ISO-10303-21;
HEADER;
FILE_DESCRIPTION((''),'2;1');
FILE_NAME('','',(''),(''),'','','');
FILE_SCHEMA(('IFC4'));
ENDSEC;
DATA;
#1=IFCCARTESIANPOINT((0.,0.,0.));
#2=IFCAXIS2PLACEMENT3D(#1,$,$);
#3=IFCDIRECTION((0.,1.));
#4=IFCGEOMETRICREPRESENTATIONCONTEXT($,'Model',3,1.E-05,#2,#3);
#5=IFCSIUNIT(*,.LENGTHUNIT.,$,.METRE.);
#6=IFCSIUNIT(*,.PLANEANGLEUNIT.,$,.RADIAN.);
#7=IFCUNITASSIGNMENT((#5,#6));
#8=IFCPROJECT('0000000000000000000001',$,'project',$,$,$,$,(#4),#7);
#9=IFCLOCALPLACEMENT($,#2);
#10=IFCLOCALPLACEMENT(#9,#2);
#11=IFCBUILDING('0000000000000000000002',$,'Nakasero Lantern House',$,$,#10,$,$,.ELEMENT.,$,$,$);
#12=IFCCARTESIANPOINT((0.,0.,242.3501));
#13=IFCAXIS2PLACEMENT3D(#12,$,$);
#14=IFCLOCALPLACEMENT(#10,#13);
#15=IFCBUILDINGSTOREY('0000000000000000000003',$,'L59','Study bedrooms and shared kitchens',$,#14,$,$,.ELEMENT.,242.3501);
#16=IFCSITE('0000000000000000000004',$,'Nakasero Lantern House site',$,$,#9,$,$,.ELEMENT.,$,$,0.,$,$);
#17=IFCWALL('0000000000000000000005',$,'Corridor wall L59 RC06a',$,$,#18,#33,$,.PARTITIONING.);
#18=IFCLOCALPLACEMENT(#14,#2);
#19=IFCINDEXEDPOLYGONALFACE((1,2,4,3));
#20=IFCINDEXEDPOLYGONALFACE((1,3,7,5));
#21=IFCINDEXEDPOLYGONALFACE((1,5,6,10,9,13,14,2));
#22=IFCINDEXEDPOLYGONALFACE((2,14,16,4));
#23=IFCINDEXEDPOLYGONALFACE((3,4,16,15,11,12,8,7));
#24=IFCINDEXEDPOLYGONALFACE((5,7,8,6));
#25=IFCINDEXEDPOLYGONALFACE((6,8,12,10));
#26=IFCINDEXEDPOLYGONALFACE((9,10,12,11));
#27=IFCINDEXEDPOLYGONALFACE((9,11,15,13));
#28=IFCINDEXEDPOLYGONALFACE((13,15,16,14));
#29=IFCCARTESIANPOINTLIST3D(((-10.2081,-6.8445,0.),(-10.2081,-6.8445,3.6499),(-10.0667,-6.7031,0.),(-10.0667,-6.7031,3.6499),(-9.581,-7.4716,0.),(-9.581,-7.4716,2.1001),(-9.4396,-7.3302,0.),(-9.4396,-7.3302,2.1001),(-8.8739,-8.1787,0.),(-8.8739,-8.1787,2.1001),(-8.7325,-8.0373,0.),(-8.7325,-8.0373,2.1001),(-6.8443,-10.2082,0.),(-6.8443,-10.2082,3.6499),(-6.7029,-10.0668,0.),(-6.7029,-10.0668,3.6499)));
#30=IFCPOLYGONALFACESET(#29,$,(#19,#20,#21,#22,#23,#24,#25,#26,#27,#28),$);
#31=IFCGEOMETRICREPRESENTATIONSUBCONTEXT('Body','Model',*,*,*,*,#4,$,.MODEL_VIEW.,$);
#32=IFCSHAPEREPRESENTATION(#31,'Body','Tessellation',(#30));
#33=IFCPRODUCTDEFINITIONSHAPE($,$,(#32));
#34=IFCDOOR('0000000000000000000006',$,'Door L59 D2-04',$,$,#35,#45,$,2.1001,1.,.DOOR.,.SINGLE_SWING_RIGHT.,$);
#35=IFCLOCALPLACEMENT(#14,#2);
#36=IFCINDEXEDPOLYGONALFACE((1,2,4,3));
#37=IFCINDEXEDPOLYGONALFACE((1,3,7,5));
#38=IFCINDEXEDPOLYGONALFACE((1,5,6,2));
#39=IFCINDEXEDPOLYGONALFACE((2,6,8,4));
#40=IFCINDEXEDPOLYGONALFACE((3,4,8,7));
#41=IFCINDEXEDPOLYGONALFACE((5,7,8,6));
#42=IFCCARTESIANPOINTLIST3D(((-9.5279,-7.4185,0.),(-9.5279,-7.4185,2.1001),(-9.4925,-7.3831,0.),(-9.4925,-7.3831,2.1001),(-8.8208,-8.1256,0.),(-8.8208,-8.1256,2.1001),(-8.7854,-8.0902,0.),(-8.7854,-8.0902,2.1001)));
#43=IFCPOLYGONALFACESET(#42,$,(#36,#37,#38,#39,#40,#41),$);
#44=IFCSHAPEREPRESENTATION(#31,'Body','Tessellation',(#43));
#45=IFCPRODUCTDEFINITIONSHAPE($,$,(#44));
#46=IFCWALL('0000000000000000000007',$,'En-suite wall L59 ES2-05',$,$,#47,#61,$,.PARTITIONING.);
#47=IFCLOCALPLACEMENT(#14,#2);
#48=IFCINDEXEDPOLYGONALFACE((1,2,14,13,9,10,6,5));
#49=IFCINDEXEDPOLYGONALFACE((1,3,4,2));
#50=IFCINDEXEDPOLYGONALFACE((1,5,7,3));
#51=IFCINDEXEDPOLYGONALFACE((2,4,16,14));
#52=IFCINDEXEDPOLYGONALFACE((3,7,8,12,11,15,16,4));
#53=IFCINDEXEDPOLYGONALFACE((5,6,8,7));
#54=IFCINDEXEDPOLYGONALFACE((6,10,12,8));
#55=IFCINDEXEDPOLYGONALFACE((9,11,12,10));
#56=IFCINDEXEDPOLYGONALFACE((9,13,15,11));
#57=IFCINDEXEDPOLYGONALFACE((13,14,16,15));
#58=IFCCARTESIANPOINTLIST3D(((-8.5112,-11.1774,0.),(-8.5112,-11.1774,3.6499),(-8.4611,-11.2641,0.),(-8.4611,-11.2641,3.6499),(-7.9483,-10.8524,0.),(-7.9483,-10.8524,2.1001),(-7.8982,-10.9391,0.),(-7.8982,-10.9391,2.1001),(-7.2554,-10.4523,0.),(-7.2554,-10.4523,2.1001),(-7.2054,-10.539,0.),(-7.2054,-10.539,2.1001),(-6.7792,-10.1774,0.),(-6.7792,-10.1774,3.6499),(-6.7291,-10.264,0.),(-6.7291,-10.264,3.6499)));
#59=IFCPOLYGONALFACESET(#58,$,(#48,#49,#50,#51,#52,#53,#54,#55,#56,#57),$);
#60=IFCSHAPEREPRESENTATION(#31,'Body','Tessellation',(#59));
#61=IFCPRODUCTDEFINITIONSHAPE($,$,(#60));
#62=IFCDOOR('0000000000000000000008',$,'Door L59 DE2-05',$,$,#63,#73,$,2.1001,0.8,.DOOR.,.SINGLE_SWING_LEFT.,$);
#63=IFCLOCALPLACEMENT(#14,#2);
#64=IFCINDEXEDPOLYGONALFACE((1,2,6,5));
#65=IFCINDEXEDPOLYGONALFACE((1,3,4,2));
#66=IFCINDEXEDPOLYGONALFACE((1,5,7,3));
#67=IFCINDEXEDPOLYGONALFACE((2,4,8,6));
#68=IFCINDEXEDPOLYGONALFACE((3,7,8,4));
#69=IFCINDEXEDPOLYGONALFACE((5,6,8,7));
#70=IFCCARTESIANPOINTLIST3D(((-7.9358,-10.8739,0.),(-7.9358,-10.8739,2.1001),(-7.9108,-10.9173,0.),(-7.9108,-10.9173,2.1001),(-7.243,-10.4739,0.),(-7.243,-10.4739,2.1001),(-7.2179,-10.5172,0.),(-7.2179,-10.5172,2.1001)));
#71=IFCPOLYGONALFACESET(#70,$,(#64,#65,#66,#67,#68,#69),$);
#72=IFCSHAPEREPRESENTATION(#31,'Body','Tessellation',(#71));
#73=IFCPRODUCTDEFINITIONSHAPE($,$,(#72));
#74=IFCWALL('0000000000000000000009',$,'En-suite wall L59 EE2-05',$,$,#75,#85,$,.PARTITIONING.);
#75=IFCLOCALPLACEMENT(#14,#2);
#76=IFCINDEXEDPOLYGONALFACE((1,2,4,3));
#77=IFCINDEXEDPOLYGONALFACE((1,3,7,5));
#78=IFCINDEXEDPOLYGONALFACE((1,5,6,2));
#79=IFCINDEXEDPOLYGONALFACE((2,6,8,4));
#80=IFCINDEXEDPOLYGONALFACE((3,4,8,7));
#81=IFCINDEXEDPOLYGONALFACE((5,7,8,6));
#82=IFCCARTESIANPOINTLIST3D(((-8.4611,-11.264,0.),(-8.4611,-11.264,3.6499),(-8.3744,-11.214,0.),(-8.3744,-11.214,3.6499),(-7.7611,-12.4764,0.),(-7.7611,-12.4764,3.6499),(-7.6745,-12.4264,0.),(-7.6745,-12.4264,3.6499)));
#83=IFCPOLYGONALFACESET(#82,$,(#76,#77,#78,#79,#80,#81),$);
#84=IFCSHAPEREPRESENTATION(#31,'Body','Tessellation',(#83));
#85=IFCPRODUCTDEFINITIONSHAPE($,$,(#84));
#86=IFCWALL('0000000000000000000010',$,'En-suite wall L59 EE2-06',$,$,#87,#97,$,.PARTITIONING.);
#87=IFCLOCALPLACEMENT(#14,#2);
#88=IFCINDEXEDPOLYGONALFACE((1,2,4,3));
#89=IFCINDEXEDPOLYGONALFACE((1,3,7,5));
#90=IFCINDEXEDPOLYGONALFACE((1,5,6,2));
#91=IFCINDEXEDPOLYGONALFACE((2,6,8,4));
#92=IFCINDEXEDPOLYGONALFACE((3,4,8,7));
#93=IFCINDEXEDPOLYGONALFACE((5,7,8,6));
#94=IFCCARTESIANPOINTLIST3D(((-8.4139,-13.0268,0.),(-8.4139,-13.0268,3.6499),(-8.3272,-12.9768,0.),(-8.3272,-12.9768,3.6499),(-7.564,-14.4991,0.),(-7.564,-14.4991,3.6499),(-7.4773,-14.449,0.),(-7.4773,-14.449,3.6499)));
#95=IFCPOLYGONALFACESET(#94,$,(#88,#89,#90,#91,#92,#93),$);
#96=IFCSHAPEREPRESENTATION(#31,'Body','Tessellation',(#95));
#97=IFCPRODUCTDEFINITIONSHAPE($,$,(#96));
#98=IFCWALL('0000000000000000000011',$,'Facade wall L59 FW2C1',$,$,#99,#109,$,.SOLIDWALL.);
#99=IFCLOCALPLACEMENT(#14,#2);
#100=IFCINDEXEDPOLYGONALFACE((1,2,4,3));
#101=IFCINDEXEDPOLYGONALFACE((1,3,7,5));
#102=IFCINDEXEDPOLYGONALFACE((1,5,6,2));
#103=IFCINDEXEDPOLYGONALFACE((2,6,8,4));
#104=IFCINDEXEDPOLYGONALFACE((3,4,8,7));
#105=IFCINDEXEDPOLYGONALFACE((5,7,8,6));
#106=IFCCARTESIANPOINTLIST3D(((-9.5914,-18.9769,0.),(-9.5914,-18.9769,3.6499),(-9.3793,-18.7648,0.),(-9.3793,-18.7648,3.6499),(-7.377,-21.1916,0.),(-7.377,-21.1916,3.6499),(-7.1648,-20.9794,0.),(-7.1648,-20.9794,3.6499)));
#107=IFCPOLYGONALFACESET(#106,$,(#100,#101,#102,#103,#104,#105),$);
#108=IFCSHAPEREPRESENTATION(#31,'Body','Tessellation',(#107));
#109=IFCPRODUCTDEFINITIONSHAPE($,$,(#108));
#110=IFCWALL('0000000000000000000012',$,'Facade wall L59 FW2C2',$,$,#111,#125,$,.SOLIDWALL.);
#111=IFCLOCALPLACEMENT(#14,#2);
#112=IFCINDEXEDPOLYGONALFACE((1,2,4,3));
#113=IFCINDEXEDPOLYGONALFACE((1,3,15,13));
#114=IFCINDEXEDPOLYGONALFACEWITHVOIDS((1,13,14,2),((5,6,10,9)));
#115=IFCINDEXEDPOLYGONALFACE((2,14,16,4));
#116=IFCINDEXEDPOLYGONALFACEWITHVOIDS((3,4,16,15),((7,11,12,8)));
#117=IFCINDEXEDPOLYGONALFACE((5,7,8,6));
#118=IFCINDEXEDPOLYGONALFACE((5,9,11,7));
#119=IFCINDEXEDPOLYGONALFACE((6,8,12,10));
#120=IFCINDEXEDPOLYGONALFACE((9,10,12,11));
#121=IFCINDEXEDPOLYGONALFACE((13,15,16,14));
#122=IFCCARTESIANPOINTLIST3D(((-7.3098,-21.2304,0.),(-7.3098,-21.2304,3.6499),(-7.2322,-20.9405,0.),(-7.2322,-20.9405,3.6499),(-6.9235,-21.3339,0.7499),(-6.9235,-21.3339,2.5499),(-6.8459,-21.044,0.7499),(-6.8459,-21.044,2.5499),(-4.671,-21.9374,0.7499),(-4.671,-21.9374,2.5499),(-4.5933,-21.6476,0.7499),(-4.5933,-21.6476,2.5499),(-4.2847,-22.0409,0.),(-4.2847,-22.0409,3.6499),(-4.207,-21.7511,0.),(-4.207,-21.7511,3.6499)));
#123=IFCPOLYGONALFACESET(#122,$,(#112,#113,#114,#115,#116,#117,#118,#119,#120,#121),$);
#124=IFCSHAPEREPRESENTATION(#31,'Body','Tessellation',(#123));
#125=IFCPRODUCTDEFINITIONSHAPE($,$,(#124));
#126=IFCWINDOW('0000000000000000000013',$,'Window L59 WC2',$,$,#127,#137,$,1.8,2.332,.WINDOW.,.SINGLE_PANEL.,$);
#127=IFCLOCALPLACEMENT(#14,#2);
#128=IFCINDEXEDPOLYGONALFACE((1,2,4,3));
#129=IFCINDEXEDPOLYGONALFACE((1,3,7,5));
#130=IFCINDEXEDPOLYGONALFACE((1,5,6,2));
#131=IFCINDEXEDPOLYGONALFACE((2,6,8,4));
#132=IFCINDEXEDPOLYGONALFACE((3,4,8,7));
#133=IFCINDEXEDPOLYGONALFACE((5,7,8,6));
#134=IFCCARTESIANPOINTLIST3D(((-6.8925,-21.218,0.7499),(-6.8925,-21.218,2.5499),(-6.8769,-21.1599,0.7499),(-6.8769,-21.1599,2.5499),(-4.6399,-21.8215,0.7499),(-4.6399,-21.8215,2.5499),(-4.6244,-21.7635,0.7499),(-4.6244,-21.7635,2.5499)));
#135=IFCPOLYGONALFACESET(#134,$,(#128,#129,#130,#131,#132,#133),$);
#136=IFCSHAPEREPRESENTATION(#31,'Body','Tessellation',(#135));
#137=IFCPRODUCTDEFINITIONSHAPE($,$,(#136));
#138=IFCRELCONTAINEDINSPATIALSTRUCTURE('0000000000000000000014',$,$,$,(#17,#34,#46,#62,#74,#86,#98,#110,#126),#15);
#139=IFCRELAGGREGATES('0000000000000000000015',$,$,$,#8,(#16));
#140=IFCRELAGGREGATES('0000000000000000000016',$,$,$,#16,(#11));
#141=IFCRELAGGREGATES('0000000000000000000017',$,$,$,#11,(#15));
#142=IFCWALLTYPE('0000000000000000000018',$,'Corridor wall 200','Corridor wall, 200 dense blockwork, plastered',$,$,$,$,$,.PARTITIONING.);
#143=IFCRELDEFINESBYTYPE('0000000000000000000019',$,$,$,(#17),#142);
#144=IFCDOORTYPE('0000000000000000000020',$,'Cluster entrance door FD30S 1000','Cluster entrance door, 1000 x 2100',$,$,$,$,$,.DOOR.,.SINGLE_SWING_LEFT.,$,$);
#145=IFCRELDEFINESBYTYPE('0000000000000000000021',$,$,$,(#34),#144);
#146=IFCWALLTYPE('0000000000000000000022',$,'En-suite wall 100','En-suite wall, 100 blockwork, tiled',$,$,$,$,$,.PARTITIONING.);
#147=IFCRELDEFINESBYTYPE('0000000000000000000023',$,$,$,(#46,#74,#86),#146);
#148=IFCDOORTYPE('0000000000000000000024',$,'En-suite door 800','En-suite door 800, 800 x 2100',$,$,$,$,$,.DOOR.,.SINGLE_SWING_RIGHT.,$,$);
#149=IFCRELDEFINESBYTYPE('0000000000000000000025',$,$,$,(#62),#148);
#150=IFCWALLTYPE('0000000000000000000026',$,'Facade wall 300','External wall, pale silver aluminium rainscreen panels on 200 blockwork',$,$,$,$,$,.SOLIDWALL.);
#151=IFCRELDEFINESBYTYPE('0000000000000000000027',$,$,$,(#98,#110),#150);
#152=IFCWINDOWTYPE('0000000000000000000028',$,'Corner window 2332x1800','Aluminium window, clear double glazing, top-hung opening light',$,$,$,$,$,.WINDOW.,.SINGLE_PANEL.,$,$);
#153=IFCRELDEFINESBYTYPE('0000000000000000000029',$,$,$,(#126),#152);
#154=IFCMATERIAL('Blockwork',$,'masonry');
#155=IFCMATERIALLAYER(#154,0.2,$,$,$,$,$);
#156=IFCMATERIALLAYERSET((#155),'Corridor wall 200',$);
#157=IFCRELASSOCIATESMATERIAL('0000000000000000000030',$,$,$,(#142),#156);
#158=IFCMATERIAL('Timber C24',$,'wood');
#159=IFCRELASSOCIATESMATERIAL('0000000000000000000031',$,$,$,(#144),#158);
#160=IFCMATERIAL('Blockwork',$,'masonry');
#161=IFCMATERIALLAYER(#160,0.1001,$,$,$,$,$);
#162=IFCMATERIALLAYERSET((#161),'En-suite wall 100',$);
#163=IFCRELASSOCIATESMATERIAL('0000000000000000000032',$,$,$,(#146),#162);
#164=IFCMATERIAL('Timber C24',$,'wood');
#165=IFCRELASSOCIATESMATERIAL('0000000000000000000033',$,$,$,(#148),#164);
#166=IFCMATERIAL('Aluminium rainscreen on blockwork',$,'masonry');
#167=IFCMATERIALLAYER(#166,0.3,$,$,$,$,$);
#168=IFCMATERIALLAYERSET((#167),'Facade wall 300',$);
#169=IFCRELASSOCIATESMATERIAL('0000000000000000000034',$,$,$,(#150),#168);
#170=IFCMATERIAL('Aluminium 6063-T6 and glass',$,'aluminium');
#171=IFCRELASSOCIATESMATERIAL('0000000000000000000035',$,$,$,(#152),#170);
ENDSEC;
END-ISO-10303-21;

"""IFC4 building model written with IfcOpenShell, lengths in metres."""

from ifc_helpers import new_model, si_unit, direction, frame, frame_2d, origin, place, context, subcontext, project, spatial, rectangle, extrude, material, layer, layer_set, type_object, element, fill, save


model = new_model("IFC4")

# Units and contexts
model_context = context("Model", 3, precision=1e-05, world=origin(), true_north=direction((0.0, 1.0)))
body_context = subcontext(model_context, "Body", "Model", "MODEL_VIEW")
ifc_project = project(units=[si_unit("LENGTHUNIT", "METRE"), si_unit("PLANEANGLEUNIT", "RADIAN")], contexts=[model_context])

# Site, building, storey
site_placement = place(None, origin())
site = spatial("IfcSite", under=ifc_project, at=site_placement, Name="Nakasero Lantern House site", CompositionType="ELEMENT", RefElevation=0.0)
building_placement = place(site_placement, origin())
building = spatial("IfcBuilding", under=site, at=building_placement, Name="Nakasero Lantern House", CompositionType="ELEMENT")
storey_placement = place(building_placement, frame((0.0, 0.0, 242.3501)))
storey = spatial("IfcBuildingStorey", under=building, at=storey_placement, Name="L59", Description="Study bedrooms and shared kitchens", CompositionType="ELEMENT", Elevation=242.3501)

# Walls, openings, doors
ifc_material_1 = material(Name="Blockwork", Category="masonry")
ifc_layer_1 = layer(ifc_material_1, 0.2)
ifc_layer_set_1 = layer_set([ifc_layer_1], Name="Corridor wall 200")
wall_type_1 = type_object("IfcWallType", Name="Corridor wall 200", Description="Corridor wall, 200 dense blockwork, plastered", PredefinedType="PARTITIONING", material=ifc_layer_set_1)
wall_1_placement = place(storey_placement, frame((-6.7737, -10.1375, 0.0), z_axis=(0.0, 0.0, 1.0), x_axis=(-0.707107, 0.707107, 0.0)))
wall_1 = element("IfcWall", 1, at=wall_1_placement, inside=storey, type_object=wall_type_1, Name="Corridor wall L59 RC06a", PredefinedType="PARTITIONING", context=body_context, shape_type="SweptSolid", body=[
    extrude(rectangle(XDim=4.7571, YDim=0.2, at=frame_2d((2.3784, 0.0))), origin(), (0.0, 0.0, 1.0), 3.6499),
])
opening_1_placement = place(wall_1_placement, frame((2.8701, 0.0, 0.0)))
opening_1 = element("IfcOpeningElement", 2, at=opening_1_placement, cuts=wall_1, PredefinedType="OPENING", context=body_context, shape_type="SweptSolid", body=[
    extrude(rectangle(XDim=1.0, YDim=2.1001, at=frame_2d((0.5, 1.05))), frame((0.0, 0.1199, 0.0), z_axis=(0.0, -1.0, 0.0), x_axis=(1.0, 0.0, 0.0)), (0.0, 0.0, 1.0), 0.24),
])
ifc_material_2 = material(Name="Timber C24", Category="wood")
door_type_1 = type_object("IfcDoorType", Name="Cluster entrance door FD30S 1000", Description="Cluster entrance door, 1000 x 2100", OperationType="SINGLE_SWING_LEFT", PredefinedType="DOOR", material=ifc_material_2)
door_1_placement = place(opening_1_placement, origin())
door_1 = element("IfcDoor", 3, at=door_1_placement, inside=storey, type_object=door_type_1, Name="Door L59 D2-04", OperationType="SINGLE_SWING_RIGHT", OverallHeight=2.1001, OverallWidth=1.0, PredefinedType="DOOR", context=body_context, shape_type="SweptSolid", body=[
    extrude(rectangle(XDim=1.0, YDim=2.1001, at=frame_2d((0.5, 1.05))), frame((0.0, 0.0249, 0.0), z_axis=(0.0, -1.0, 0.0), x_axis=(1.0, 0.0, 0.0)), (0.0, 0.0, 1.0), 0.05),
])
fill(opening_1, door_1)
ifc_material_3 = material(Name="Blockwork", Category="masonry")
ifc_layer_2 = layer(ifc_material_3, 0.1001)
ifc_layer_set_2 = layer_set([ifc_layer_2], Name="En-suite wall 100")
wall_type_2 = type_object("IfcWallType", Name="En-suite wall 100", Description="En-suite wall, 100 blockwork, tiled", PredefinedType="PARTITIONING", material=ifc_layer_set_2)
wall_2_placement = place(storey_placement, frame((-6.7542, -10.2207, 0.0), z_axis=(0.0, 0.0, 1.0), x_axis=(-0.866011, -0.500025, 0.0)))
wall_2 = element("IfcWall", 4, at=wall_2_placement, inside=storey, type_object=wall_type_2, Name="En-suite wall L59 ES2-05", PredefinedType="PARTITIONING", context=body_context, shape_type="SweptSolid", body=[
    extrude(rectangle(XDim=2.0, YDim=0.1001, at=frame_2d((1.0, 0.0))), origin(), (0.0, 0.0, 1.0), 3.6499),
])
opening_2_placement = place(wall_2_placement, frame((0.55, 0.0, 0.0)))
opening_2 = element("IfcOpeningElement", 5, at=opening_2_placement, cuts=wall_2, PredefinedType="OPENING", context=body_context, shape_type="SweptSolid", body=[
    extrude(rectangle(XDim=0.8, YDim=2.1001, at=frame_2d((0.3999, 1.05))), frame((0.0, 0.0701, 0.0), z_axis=(0.0, -1.0, 0.0), x_axis=(1.0, 0.0, 0.0)), (0.0, 0.0, 1.0), 0.1401),
])
ifc_material_4 = material(Name="Timber C24", Category="wood")
door_type_2 = type_object("IfcDoorType", Name="En-suite door 800", Description="En-suite door 800, 800 x 2100", OperationType="SINGLE_SWING_RIGHT", PredefinedType="DOOR", material=ifc_material_4)
door_2_placement = place(opening_2_placement, origin())
door_2 = element("IfcDoor", 6, at=door_2_placement, inside=storey, type_object=door_type_2, Name="Door L59 DE2-05", OperationType="SINGLE_SWING_LEFT", OverallHeight=2.1001, OverallWidth=0.8, PredefinedType="DOOR", context=body_context, shape_type="SweptSolid", body=[
    extrude(rectangle(XDim=0.8, YDim=2.1001, at=frame_2d((0.3999, 1.05))), frame((0.0, 0.0249, 0.0), z_axis=(0.0, -1.0, 0.0), x_axis=(1.0, 0.0, 0.0)), (0.0, 0.0, 1.0), 0.05),
])
fill(opening_2, door_2)

# Walls
wall_3_placement = place(storey_placement, frame((-8.4177, -11.239, 0.0), z_axis=(0.0, 0.0, 1.0), x_axis=(0.499984, -0.866035, 0.0)))
element("IfcWall", 7, at=wall_3_placement, inside=storey, type_object=wall_type_2, Name="En-suite wall L59 EE2-05", PredefinedType="PARTITIONING", context=body_context, shape_type="SweptSolid", body=[
    extrude(rectangle(XDim=1.3999, YDim=0.1001, at=frame_2d((0.7, 0.0))), origin(), (0.0, 0.0, 1.0), 3.6499),
])
wall_4_placement = place(storey_placement, frame((-8.3706, -13.0017, 0.0), z_axis=(0.0, 0.0, 1.0), x_axis=(0.499955, -0.866052, 0.0)))
element("IfcWall", 8, at=wall_4_placement, inside=storey, type_object=wall_type_2, Name="En-suite wall L59 EE2-06", PredefinedType="PARTITIONING", context=body_context, shape_type="SweptSolid", body=[
    extrude(rectangle(XDim=1.7, YDim=0.1001, at=frame_2d((0.8501, 0.0))), origin(), (0.0, 0.0, 1.0), 3.6499),
])
ifc_material_5 = material(Name="Aluminium rainscreen on blockwork", Category="masonry")
ifc_layer_3 = layer(ifc_material_5, 0.3)
ifc_layer_set_3 = layer_set([ifc_layer_3], Name="Facade wall 300")
wall_type_3 = type_object("IfcWallType", Name="Facade wall 300", Description="External wall, pale silver aluminium rainscreen panels on 200 blockwork", PredefinedType="SOLIDWALL", material=ifc_layer_set_3)
wall_5_placement = place(storey_placement, frame((-9.4854, -18.8708, 0.0), z_axis=(0.0, 0.0, 1.0), x_axis=(0.707068, -0.707146, 0.0)))
element("IfcWall", 9, at=wall_5_placement, inside=storey, type_object=wall_type_3, Name="Facade wall L59 FW2C1", PredefinedType="SOLIDWALL", context=body_context, shape_type="SweptSolid", body=[
    extrude(rectangle(XDim=3.1318, YDim=0.3, at=frame_2d((1.5659, 0.0))), origin(), (0.0, 0.0, 1.0), 3.6499),
])

# Wall, opening, window
wall_6_placement = place(storey_placement, frame((-7.271, -21.0854, 0.0), z_axis=(0.0, 0.0, 1.0), x_axis=(0.965929, -0.258808, 0.0)))
wall_6 = element("IfcWall", 10, at=wall_6_placement, inside=storey, type_object=wall_type_3, Name="Facade wall L59 FW2C2", PredefinedType="SOLIDWALL", context=body_context, shape_type="SweptSolid", body=[
    extrude(rectangle(XDim=3.1318, YDim=0.3, at=frame_2d((1.5659, 0.0))), origin(), (0.0, 0.0, 1.0), 3.6499),
])
opening_3_placement = place(wall_6_placement, frame((0.3999, 0.0, 0.75)))
opening_3 = element("IfcOpeningElement", 11, at=opening_3_placement, cuts=wall_6, PredefinedType="OPENING", context=body_context, shape_type="SweptSolid", body=[
    extrude(rectangle(XDim=2.332, YDim=1.8, at=frame_2d((1.166, 0.8999))), frame((0.0, 0.1699, 0.0), z_axis=(0.0, -1.0, 0.0), x_axis=(1.0, 0.0, 0.0)), (0.0, 0.0, 1.0), 0.3401),
])
ifc_material_6 = material(Name="Aluminium 6063-T6 and glass", Category="aluminium")
window_type = type_object("IfcWindowType", Name="Corner window 2332x1800", Description="Aluminium window, clear double glazing, top-hung opening light", PartitioningType="SINGLE_PANEL", PredefinedType="WINDOW", material=ifc_material_6)
window_placement = place(opening_3_placement, origin())
window = element("IfcWindow", 12, at=window_placement, inside=storey, type_object=window_type, Name="Window L59 WC2", OverallHeight=1.8, OverallWidth=2.332, PartitioningType="SINGLE_PANEL", PredefinedType="WINDOW", context=body_context, shape_type="SweptSolid", body=[
    extrude(rectangle(XDim=2.332, YDim=1.8, at=frame_2d((1.166, 0.8999))), frame((0.0, 0.03, 0.0), z_axis=(0.0, -1.0, 0.0), x_axis=(1.0, 0.0, 0.0)), (0.0, 0.0, 1.0), 0.0601),
])
fill(opening_3, window)

save(model, "model.ifc")
